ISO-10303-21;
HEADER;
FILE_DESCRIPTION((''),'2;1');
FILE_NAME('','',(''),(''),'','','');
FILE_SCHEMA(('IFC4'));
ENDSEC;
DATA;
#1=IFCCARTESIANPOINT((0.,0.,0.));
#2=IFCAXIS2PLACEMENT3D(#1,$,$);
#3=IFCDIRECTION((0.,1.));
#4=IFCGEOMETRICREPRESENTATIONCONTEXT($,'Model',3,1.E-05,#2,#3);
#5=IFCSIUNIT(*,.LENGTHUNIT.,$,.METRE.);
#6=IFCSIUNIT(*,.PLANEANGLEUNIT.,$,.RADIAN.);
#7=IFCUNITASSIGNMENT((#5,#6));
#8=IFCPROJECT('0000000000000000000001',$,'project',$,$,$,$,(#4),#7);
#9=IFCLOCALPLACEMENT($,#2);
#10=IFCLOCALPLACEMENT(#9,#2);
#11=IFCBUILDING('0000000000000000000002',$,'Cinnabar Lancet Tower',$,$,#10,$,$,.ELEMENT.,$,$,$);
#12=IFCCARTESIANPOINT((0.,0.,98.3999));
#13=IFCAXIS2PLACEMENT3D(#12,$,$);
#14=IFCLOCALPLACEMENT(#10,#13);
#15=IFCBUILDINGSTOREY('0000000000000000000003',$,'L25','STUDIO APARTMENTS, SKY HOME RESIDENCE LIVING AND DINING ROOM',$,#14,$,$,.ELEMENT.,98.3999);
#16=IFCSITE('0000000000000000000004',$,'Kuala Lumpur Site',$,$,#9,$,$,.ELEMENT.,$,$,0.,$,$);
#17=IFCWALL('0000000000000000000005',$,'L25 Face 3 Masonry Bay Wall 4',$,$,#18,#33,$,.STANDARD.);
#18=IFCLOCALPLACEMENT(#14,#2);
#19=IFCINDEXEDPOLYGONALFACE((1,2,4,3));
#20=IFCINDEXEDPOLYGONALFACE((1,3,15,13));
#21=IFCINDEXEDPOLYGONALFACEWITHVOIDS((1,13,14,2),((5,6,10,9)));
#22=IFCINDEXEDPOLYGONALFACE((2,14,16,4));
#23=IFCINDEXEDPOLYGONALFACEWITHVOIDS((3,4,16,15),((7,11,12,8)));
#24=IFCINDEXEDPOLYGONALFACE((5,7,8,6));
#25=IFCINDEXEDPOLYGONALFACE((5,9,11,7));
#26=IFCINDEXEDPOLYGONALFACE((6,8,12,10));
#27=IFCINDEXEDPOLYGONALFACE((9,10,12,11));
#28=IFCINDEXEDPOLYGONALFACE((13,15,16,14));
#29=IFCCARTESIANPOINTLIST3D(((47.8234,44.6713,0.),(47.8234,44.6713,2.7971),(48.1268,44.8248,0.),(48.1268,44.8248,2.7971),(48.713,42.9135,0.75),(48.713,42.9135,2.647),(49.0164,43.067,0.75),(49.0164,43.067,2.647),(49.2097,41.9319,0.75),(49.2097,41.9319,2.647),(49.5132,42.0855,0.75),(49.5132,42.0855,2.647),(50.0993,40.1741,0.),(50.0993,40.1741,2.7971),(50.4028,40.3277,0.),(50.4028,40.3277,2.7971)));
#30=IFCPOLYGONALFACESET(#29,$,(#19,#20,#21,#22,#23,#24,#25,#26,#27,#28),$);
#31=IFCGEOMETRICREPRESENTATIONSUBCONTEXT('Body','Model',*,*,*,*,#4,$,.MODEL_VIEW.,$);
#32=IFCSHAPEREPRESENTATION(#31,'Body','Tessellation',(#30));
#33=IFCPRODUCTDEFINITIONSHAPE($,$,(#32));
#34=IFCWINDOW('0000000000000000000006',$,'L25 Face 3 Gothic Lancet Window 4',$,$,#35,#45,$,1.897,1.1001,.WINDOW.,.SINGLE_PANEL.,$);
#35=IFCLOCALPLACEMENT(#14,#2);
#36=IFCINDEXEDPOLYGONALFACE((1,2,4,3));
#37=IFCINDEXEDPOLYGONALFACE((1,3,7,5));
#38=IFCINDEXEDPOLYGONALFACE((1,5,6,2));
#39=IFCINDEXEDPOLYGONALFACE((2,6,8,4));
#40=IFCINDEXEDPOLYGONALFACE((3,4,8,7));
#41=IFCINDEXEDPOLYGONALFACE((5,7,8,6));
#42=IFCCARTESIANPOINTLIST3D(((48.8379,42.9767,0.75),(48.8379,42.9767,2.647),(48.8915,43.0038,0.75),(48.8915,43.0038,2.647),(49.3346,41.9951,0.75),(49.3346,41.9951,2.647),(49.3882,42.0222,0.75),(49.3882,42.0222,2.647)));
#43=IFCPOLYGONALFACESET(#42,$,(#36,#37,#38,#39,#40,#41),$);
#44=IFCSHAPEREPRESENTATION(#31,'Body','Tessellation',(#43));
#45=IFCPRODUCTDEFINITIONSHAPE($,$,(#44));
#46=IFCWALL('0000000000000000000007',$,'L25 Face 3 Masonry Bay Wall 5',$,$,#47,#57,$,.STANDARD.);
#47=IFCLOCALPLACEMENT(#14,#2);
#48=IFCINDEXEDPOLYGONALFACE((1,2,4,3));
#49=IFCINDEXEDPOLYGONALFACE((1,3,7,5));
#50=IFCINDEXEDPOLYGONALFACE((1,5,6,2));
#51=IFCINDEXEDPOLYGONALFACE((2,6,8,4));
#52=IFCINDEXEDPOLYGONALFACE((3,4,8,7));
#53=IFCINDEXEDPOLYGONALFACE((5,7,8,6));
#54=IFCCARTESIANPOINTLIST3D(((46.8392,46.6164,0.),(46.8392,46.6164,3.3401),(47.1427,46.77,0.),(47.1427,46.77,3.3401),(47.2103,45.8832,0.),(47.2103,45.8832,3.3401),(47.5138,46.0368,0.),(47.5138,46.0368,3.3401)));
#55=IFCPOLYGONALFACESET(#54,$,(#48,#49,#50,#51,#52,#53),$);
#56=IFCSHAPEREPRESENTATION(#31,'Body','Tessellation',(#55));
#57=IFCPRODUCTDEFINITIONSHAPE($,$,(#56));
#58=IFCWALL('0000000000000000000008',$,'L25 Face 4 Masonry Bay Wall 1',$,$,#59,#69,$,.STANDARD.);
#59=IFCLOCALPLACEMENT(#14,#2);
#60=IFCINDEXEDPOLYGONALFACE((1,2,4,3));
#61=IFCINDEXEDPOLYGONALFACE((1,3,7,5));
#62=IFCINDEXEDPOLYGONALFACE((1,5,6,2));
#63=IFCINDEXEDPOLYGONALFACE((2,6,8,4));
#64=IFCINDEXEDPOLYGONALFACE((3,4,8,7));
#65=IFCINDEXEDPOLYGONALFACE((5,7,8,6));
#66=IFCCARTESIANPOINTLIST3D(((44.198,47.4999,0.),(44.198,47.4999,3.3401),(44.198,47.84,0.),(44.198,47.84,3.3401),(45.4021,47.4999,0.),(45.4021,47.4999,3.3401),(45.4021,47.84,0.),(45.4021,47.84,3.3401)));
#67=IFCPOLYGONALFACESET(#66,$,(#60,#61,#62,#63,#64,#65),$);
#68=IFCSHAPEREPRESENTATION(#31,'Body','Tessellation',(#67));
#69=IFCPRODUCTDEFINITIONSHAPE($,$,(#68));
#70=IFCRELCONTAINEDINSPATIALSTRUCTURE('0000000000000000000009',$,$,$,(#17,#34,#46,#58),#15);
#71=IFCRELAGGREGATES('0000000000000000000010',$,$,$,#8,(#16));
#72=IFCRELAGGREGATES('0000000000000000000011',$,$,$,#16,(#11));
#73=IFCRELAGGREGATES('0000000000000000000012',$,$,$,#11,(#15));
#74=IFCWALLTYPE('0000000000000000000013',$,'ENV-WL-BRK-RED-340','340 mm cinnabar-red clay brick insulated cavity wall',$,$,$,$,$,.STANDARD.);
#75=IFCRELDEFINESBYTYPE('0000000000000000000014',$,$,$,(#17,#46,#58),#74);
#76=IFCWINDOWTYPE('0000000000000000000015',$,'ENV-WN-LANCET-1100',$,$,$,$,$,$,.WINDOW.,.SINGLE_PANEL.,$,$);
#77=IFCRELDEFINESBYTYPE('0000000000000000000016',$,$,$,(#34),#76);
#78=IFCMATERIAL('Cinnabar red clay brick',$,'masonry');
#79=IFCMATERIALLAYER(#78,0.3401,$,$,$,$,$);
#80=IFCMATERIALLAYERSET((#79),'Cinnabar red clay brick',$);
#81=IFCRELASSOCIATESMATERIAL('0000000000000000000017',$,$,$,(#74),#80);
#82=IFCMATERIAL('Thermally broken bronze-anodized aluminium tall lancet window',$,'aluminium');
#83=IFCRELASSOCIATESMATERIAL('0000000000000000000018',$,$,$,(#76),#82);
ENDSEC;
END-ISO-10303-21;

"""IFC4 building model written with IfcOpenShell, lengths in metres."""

from ifc_helpers import new_model, si_unit, direction, frame, frame_2d, origin, place, context, subcontext, project, spatial, rectangle, extrude, material, layer, layer_set, type_object, element, fill, save


model = new_model("IFC4")

# Units and contexts
model_context = context("Model", 3, precision=1e-05, world=origin(), true_north=direction((0.0, 1.0)))
body_context = subcontext(model_context, "Body", "Model", "MODEL_VIEW")
ifc_project = project(units=[si_unit("LENGTHUNIT", "METRE"), si_unit("PLANEANGLEUNIT", "RADIAN")], contexts=[model_context])

# Site, building, storey
site_placement = place(None, origin())
site = spatial("IfcSite", under=ifc_project, at=site_placement, Name="Kuala Lumpur Site", CompositionType="ELEMENT", RefElevation=0.0)
building_placement = place(site_placement, origin())
building = spatial("IfcBuilding", under=site, at=building_placement, Name="Cinnabar Lancet Tower", CompositionType="ELEMENT")
storey_placement = place(building_placement, frame((0.0, 0.0, 98.3999)))
storey = spatial("IfcBuildingStorey", under=building, at=storey_placement, Name="L25", Description="STUDIO APARTMENTS, SKY HOME RESIDENCE LIVING AND DINING ROOM", CompositionType="ELEMENT", Elevation=98.3999)

# Shared definitions
ifc_material_1 = material(Name="Cinnabar red clay brick", Category="masonry")
ifc_layer_1 = layer(ifc_material_1, 0.3401)
ifc_layer_set_1 = layer_set([ifc_layer_1], Name="Cinnabar red clay brick")
wall_type_1 = type_object("IfcWallType", Name="ENV-WL-BRK-RED-340", Description="340 mm cinnabar-red clay brick insulated cavity wall", PredefinedType="STANDARD", material=ifc_layer_set_1)

# Wall, opening, window
wall_1_placement = place(storey_placement, frame((50.251, 40.251, 0.0), z_axis=(0.0, 0.0, 1.0), x_axis=(-0.451548, 0.892247, 0.0)))
wall_1 = element("IfcWall", 1, at=wall_1_placement, inside=storey, type_object=wall_type_1, Name="L25 Face 3 Masonry Bay Wall 4", PredefinedType="STANDARD", context=body_context, shape_type="SweptSolid", body=[
    extrude(rectangle(XDim=5.0403, YDim=0.3401, at=frame_2d((2.52, 0.0))), origin(), (0.0, 0.0, 1.0), 2.7971),
])
opening_1_placement = place(wall_1_placement, frame((1.97, 0.0, 0.75)))
opening_1 = element("IfcOpeningElement", 2, at=opening_1_placement, cuts=wall_1, PredefinedType="OPENING", context=body_context, shape_type="SweptSolid", body=[
    extrude(rectangle(XDim=1.1001, YDim=1.897, at=frame_2d((0.55, 0.9485))), frame((0.0, 0.1799, 0.0), z_axis=(0.0, -1.0, 0.0), x_axis=(1.0, 0.0, 0.0)), (0.0, 0.0, 1.0), 0.3601),
])
ifc_material_2 = material(Name="Thermally broken bronze-anodized aluminium tall lancet window", Category="aluminium")
window_type = type_object("IfcWindowType", Name="ENV-WN-LANCET-1100", PartitioningType="SINGLE_PANEL", PredefinedType="WINDOW", material=ifc_material_2)
window_placement = place(opening_1_placement, origin())
window = element("IfcWindow", 3, at=window_placement, inside=storey, type_object=window_type, Name="L25 Face 3 Gothic Lancet Window 4", OverallHeight=1.897, OverallWidth=1.1001, PartitioningType="SINGLE_PANEL", PredefinedType="WINDOW", context=body_context, shape_type="SweptSolid", body=[
    extrude(rectangle(XDim=1.1001, YDim=1.897, at=frame_2d((0.55, 0.9485))), frame((0.0, 0.03, 0.0), z_axis=(0.0, -1.0, 0.0), x_axis=(1.0, 0.0, 0.0)), (0.0, 0.0, 1.0), 0.0601),
])
fill(opening_1, window)

# Walls
wall_2_placement = place(storey_placement, frame((47.3621, 45.96, 0.0), z_axis=(0.0, 0.0, 1.0), x_axis=(-0.451605, 0.892218, 0.0)))
element("IfcWall", 4, at=wall_2_placement, inside=storey, type_object=wall_type_1, Name="L25 Face 3 Masonry Bay Wall 5", PredefinedType="STANDARD", context=body_context, shape_type="SweptSolid", body=[
    extrude(rectangle(XDim=0.8218, YDim=0.3401, at=frame_2d((0.4109, 0.0))), origin(), (0.0, 0.0, 1.0), 3.3401),
])
wall_3_placement = place(storey_placement, frame((45.4021, 47.6699, 0.0), z_axis=(0.0, 0.0, 1.0), x_axis=(-1.0, 0.0, 0.0)))
element("IfcWall", 5, at=wall_3_placement, inside=storey, type_object=wall_type_1, Name="L25 Face 4 Masonry Bay Wall 1", PredefinedType="STANDARD", context=body_context, shape_type="SweptSolid", body=[
    extrude(rectangle(XDim=1.2041, YDim=0.3401, at=frame_2d((0.6021, 0.0))), origin(), (0.0, 0.0, 1.0), 3.3401),
])

save(model, "model.ifc")
